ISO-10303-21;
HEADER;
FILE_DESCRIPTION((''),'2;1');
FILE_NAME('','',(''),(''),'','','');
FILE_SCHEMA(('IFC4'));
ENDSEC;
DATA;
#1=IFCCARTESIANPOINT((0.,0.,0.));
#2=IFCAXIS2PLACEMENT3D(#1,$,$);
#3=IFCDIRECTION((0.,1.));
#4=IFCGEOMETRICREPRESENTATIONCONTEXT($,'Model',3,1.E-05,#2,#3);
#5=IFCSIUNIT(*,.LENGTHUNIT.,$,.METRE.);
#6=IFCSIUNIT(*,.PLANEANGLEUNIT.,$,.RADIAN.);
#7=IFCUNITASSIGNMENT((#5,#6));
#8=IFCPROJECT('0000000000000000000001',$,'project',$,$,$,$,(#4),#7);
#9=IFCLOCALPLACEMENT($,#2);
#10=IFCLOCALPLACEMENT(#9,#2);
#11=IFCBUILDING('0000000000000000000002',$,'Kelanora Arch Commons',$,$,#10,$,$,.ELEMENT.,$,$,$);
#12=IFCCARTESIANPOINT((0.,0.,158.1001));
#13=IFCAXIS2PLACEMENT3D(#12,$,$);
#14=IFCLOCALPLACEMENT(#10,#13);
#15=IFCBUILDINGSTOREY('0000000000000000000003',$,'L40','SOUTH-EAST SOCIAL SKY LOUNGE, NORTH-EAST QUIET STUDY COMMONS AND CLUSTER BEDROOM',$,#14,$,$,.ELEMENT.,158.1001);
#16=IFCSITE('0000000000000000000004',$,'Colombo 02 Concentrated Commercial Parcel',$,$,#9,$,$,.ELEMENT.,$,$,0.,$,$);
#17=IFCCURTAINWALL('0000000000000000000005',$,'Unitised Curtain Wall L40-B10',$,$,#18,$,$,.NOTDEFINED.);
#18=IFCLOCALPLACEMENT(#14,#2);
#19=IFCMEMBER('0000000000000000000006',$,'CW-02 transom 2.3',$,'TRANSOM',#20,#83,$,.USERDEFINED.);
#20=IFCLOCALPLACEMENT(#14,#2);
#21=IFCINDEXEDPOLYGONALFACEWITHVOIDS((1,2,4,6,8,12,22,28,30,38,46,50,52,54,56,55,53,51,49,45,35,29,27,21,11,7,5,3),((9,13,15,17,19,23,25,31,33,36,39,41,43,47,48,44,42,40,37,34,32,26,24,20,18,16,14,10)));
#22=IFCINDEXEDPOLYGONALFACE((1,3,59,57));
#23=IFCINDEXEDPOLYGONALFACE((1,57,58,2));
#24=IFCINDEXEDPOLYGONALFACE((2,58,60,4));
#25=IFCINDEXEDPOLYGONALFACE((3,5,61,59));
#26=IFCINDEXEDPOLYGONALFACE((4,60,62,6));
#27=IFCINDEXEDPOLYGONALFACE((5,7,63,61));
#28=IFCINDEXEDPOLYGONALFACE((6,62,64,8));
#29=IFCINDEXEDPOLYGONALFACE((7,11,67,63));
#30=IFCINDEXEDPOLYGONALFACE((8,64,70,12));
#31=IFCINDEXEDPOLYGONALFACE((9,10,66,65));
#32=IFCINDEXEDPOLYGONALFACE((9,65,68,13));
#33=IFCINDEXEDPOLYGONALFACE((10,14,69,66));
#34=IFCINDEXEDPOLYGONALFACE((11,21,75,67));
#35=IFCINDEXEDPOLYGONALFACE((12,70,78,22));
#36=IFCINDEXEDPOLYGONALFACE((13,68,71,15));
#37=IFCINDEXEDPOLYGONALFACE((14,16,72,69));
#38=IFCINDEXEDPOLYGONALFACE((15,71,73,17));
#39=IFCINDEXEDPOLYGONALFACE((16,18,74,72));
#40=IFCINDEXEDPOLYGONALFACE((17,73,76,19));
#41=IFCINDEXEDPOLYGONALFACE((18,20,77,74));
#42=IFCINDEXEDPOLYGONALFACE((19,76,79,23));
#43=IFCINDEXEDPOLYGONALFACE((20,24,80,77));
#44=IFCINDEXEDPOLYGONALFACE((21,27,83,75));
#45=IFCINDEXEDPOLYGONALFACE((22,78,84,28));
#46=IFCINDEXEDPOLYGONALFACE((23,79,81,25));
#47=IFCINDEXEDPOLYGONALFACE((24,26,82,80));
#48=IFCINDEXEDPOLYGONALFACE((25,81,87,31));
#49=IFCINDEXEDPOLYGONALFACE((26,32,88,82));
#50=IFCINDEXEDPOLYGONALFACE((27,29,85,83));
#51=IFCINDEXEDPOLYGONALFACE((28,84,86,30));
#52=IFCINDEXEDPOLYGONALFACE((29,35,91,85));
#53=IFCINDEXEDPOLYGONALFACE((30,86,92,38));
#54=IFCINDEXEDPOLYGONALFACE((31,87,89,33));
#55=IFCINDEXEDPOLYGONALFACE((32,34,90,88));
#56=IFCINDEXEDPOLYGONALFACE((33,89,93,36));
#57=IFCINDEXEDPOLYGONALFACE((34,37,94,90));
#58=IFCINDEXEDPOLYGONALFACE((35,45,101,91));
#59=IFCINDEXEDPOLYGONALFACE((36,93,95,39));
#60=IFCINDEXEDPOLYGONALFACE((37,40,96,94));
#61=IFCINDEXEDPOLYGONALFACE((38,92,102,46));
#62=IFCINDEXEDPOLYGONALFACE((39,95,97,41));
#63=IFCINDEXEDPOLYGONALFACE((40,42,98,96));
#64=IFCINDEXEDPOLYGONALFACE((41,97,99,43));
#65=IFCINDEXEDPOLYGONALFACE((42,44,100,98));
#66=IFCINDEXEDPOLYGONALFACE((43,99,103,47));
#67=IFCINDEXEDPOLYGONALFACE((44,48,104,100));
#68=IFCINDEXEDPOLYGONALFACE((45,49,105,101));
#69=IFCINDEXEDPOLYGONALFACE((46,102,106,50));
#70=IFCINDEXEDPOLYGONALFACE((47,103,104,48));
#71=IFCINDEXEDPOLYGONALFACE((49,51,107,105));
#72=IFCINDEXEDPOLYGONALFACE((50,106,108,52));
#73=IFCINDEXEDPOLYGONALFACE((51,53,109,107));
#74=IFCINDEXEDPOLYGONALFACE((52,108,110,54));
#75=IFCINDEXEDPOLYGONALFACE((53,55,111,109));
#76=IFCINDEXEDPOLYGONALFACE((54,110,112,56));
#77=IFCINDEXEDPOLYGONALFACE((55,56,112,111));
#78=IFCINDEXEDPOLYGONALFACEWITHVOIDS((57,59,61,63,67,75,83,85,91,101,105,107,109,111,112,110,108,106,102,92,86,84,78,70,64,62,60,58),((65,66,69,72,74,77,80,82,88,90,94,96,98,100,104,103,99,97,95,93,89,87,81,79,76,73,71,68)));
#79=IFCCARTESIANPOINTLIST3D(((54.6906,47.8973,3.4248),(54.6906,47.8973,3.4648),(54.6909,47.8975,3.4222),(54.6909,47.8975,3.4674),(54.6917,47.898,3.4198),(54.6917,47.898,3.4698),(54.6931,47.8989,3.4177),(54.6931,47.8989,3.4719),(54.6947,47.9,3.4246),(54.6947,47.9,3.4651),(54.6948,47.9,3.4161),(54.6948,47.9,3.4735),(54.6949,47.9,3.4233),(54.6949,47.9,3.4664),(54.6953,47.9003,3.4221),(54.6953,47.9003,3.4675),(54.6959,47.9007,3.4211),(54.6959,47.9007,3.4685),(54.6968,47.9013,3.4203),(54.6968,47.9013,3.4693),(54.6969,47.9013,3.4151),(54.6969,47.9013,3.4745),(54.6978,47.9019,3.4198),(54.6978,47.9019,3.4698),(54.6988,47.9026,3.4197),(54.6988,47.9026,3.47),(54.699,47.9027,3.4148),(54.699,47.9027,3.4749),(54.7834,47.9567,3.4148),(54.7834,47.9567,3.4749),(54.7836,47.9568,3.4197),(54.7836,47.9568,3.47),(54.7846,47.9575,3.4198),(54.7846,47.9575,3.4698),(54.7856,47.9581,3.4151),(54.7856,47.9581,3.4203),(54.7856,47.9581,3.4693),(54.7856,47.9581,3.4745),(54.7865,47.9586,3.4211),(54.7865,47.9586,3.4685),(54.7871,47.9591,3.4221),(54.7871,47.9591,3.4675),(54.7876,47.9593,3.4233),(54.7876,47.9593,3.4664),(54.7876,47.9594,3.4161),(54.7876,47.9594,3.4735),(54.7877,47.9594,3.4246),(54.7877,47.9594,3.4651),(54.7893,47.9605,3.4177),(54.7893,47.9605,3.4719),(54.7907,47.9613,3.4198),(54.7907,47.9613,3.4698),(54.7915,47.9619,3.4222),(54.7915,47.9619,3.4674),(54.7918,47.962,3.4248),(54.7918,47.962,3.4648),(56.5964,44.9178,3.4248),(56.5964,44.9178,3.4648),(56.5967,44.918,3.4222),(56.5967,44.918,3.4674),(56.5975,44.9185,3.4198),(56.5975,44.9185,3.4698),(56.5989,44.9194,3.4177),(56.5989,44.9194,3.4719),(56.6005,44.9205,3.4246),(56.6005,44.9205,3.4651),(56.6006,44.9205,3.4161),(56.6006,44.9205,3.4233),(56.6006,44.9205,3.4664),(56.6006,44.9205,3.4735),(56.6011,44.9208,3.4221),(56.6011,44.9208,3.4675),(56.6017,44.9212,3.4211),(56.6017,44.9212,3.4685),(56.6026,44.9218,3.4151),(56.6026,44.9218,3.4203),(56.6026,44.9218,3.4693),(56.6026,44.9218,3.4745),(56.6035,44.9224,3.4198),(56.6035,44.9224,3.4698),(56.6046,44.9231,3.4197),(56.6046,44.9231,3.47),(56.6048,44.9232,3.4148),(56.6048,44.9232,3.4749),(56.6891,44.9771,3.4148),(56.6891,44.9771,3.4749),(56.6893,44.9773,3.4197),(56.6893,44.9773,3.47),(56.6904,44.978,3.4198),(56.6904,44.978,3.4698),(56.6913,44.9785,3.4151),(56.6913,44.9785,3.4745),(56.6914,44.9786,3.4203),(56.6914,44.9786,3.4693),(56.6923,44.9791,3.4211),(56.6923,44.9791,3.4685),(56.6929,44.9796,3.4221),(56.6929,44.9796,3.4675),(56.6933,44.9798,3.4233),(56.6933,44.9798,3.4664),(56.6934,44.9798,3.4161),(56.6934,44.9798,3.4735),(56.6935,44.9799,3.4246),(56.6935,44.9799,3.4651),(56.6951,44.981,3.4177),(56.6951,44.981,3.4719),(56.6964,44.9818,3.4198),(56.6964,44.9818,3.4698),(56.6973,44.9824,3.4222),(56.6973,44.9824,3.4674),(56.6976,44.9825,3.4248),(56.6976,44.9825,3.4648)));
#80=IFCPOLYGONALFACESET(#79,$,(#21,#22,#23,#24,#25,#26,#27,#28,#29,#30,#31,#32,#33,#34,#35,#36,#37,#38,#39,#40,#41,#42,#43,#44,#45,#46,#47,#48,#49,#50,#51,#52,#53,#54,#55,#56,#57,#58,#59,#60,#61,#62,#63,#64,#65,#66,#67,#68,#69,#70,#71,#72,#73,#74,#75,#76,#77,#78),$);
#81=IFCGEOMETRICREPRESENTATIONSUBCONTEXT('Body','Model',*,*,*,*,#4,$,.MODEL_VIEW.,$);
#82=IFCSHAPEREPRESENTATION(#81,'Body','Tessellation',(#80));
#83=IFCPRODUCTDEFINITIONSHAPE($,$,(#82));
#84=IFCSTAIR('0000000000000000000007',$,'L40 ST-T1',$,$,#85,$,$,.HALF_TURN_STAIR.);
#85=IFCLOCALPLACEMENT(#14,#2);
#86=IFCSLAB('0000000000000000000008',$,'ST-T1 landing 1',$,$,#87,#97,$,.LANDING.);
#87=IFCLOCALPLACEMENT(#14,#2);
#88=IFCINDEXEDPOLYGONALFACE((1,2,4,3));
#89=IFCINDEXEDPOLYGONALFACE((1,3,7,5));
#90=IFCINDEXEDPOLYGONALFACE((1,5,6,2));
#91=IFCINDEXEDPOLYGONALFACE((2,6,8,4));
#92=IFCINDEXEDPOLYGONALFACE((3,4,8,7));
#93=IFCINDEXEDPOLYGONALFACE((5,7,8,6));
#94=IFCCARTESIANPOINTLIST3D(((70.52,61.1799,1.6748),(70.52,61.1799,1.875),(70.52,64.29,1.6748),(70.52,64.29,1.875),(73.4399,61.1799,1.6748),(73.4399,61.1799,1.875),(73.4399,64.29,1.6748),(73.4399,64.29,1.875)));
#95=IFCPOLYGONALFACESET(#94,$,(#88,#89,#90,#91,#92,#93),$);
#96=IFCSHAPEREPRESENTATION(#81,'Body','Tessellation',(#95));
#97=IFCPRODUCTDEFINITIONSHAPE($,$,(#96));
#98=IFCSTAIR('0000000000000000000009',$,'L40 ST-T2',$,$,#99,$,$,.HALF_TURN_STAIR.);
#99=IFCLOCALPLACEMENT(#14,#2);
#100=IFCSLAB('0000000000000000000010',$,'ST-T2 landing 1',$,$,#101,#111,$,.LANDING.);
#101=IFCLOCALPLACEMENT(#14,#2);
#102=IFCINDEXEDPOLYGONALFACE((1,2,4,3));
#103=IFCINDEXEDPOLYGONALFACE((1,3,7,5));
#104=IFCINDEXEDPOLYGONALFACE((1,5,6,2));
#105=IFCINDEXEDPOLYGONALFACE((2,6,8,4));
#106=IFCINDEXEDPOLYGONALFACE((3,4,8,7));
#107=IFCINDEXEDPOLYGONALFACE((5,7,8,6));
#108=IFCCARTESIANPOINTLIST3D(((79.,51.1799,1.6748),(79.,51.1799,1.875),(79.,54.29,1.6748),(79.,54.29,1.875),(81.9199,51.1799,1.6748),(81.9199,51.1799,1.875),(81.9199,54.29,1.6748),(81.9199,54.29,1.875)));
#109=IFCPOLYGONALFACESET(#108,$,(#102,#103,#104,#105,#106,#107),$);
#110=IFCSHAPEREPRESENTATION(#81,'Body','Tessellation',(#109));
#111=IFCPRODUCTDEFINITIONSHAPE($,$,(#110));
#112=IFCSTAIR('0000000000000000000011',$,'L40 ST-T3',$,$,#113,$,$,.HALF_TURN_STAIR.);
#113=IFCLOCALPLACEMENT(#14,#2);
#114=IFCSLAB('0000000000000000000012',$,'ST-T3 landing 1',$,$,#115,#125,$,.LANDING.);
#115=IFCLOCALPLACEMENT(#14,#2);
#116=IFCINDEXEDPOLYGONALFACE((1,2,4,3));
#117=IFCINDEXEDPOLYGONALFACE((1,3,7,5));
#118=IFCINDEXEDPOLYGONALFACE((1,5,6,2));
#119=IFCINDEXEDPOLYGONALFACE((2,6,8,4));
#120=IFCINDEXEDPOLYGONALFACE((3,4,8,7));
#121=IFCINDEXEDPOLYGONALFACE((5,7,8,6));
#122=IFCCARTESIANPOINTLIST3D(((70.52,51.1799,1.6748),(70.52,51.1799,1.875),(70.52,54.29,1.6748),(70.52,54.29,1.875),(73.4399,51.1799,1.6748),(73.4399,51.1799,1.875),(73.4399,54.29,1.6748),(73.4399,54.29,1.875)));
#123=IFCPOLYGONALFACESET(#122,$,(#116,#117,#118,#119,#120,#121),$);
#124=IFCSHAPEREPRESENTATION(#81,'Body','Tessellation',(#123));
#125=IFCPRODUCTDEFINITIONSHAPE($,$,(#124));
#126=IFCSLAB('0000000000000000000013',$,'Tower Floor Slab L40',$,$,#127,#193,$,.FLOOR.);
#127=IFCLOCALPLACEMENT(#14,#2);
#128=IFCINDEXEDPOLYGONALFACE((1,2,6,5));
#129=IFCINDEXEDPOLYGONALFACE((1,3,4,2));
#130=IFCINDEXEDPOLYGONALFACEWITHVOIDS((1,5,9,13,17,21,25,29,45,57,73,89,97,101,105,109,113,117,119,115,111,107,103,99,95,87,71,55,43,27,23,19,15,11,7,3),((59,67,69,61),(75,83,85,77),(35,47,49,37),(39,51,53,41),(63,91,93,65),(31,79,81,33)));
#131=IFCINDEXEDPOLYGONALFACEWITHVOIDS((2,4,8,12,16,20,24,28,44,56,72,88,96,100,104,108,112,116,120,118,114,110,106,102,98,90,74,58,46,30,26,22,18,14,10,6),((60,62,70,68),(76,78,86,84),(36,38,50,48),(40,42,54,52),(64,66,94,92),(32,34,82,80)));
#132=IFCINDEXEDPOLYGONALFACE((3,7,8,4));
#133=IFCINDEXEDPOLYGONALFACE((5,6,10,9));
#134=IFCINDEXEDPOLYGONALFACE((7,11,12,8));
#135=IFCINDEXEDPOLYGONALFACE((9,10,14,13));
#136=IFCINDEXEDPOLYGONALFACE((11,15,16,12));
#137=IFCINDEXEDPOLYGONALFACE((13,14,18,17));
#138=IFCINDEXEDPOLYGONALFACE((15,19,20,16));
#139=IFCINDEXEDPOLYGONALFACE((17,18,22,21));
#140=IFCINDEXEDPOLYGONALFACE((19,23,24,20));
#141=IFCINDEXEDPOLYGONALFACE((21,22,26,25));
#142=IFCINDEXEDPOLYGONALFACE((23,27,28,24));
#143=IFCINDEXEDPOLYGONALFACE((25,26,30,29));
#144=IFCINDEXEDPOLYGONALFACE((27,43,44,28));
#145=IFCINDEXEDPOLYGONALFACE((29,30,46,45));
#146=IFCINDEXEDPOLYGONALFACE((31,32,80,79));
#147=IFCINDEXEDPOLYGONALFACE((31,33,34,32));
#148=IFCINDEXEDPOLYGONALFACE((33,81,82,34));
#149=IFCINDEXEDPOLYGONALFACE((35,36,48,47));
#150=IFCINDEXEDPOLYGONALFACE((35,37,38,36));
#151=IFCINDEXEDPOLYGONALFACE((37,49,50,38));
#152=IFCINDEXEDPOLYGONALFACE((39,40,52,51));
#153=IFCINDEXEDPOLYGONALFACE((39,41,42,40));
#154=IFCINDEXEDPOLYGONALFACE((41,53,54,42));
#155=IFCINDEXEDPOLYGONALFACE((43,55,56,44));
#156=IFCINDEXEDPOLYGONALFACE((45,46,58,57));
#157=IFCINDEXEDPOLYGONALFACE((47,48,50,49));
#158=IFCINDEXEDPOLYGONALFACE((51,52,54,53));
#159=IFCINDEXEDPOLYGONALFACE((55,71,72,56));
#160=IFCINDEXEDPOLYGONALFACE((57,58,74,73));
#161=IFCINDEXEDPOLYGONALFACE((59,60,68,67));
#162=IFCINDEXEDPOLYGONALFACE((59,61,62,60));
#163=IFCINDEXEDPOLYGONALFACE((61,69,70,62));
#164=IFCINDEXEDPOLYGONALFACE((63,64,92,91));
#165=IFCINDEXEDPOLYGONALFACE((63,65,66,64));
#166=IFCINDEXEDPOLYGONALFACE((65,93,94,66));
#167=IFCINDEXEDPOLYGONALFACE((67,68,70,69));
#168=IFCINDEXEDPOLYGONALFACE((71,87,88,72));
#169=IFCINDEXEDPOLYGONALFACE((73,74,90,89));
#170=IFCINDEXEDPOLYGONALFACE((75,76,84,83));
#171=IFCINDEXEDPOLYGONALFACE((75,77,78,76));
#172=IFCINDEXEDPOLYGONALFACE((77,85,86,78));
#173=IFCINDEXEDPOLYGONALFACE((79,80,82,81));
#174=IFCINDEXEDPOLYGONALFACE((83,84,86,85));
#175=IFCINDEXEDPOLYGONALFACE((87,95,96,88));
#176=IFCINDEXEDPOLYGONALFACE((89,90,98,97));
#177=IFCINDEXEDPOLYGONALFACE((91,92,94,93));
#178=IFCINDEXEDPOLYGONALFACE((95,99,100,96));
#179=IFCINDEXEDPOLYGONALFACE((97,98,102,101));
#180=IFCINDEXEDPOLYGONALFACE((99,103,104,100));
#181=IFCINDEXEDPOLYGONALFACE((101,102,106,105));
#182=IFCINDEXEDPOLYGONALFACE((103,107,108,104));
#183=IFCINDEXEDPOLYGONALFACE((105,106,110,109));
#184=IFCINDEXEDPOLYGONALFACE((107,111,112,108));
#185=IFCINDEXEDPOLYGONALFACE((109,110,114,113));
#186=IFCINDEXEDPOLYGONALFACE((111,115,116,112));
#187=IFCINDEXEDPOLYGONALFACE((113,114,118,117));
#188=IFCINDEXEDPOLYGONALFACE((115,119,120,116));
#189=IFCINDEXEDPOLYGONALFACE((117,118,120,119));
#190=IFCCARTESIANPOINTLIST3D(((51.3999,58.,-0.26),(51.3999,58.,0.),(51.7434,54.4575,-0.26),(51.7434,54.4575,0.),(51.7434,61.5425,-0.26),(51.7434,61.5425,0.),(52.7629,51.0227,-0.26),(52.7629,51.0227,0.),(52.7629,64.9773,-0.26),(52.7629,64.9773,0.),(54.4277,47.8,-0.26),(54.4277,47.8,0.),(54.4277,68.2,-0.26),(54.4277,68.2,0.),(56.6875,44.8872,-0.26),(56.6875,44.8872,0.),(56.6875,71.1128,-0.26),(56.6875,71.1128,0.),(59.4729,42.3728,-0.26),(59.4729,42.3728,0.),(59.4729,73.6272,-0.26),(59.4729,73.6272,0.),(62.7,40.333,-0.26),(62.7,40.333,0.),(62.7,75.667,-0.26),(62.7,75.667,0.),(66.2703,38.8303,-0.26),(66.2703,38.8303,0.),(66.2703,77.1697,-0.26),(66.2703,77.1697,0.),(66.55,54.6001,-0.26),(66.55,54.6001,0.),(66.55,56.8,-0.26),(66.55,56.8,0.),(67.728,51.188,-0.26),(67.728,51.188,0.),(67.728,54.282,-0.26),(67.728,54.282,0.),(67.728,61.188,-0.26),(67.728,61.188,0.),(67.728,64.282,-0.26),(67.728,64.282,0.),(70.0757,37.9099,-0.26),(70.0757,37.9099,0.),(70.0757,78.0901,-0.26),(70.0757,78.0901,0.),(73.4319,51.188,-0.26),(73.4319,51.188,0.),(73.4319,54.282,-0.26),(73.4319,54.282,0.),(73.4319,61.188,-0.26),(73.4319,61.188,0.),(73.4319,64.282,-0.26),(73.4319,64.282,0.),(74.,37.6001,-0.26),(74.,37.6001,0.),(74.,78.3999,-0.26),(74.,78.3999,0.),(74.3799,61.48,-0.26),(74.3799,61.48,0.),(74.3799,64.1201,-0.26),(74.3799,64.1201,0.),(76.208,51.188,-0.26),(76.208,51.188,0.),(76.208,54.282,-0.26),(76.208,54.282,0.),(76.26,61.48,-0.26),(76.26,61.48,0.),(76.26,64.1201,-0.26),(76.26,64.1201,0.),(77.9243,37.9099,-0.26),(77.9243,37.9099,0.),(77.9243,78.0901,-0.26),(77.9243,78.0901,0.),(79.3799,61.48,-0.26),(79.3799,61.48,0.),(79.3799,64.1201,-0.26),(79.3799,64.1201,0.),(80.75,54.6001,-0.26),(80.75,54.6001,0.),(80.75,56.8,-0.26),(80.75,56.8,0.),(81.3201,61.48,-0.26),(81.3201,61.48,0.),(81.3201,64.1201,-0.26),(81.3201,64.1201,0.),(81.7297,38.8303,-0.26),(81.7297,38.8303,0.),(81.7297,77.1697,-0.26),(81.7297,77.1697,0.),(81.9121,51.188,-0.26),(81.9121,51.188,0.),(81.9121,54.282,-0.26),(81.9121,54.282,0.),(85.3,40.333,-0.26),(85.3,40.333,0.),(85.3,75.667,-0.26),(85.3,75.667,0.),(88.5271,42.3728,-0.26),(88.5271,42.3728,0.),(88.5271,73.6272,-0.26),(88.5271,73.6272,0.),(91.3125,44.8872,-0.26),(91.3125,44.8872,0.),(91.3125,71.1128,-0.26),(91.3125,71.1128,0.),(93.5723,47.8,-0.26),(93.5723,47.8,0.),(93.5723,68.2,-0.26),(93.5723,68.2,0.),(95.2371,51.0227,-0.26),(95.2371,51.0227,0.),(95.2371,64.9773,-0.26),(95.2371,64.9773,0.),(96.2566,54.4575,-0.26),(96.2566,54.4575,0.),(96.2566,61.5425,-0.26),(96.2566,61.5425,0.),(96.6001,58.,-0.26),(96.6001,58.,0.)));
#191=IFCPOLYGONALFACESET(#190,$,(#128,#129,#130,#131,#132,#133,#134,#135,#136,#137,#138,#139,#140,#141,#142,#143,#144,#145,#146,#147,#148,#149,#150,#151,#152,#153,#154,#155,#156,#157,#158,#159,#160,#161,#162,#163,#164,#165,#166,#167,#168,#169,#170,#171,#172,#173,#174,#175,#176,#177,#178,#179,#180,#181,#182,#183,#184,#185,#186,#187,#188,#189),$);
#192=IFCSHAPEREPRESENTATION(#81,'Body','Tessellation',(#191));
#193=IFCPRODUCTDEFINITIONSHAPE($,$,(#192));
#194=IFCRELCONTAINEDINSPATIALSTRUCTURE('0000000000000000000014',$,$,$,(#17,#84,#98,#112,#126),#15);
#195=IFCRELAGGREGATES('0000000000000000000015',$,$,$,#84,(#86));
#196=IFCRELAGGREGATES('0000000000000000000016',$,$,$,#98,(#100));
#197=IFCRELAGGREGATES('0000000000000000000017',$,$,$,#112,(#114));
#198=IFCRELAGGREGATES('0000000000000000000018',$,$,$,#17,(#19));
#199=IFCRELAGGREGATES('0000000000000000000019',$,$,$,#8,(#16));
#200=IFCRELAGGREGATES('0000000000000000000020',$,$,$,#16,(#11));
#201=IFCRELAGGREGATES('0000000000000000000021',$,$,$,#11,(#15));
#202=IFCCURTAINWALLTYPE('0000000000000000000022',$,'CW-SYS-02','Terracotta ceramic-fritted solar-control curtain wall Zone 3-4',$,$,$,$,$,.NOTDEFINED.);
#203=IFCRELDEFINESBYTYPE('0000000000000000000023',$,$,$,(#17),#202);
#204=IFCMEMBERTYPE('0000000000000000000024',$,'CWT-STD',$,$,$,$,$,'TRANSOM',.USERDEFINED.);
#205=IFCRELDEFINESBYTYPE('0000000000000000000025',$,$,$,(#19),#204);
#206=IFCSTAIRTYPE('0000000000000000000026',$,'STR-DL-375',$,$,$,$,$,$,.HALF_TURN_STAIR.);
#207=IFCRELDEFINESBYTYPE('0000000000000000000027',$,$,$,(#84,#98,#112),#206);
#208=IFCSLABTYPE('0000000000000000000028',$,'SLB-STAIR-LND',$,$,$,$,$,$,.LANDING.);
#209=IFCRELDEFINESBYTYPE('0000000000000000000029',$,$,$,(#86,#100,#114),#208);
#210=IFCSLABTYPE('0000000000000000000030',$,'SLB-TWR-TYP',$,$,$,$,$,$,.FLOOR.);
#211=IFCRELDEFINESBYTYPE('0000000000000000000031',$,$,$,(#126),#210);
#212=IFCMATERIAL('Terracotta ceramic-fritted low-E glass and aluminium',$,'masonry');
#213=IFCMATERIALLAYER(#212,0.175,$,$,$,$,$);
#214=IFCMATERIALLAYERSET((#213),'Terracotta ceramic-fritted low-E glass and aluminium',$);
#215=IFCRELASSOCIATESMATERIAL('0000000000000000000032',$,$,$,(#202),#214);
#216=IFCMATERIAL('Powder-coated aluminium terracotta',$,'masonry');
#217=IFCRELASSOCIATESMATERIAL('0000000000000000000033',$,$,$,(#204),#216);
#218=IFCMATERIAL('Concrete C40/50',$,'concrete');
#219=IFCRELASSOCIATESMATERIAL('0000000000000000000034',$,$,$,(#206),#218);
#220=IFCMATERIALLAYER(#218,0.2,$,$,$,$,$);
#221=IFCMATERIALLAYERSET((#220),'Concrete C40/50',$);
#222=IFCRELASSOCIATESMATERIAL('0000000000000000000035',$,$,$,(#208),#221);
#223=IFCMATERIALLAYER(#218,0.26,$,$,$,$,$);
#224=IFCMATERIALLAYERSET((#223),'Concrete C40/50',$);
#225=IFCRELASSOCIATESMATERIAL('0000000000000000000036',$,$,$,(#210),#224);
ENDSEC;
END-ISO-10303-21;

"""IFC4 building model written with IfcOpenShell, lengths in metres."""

from ifc_helpers import new_model, si_unit, direction, frame, origin, origin_2d, place, context, subcontext, project, spatial, polyline, hollow_rectangle, outline, extrude, material, layer, layer_set, material_profile, profile_set, type_object, element, aggregate, save


model = new_model("IFC4")

# Units and contexts
model_context = context("Model", 3, precision=1e-05, world=origin(), true_north=direction((0.0, 1.0)))
body_context = subcontext(model_context, "Body", "Model", "MODEL_VIEW")
ifc_project = project(units=[si_unit("LENGTHUNIT", "METRE"), si_unit("PLANEANGLEUNIT", "RADIAN")], contexts=[model_context])

# Site, building, storey
site_placement = place(None, origin())
site = spatial("IfcSite", under=ifc_project, at=site_placement, Name="Colombo 02 Concentrated Commercial Parcel", CompositionType="ELEMENT", RefElevation=0.0)
building_placement = place(site_placement, origin())
building = spatial("IfcBuilding", under=site, at=building_placement, Name="Kelanora Arch Commons", CompositionType="ELEMENT")
storey_placement = place(building_placement, frame((0.0, 0.0, 158.1001)))
storey = spatial("IfcBuildingStorey", under=building, at=storey_placement, Name="L40", Description="SOUTH-EAST SOCIAL SKY LOUNGE, NORTH-EAST QUIET STUDY COMMONS AND CLUSTER BEDROOM", CompositionType="ELEMENT", Elevation=158.1001)

# Shared definitions
ifc_material_1 = material(Name="Terracotta ceramic-fritted low-E glass and aluminium", Category="masonry")
ifc_layer_1 = layer(ifc_material_1, 0.175)
ifc_layer_set_1 = layer_set([ifc_layer_1], Name="Terracotta ceramic-fritted low-E glass and aluminium")
curtain_wall_type = type_object("IfcCurtainWallType", Name="CW-SYS-02", Description="Terracotta ceramic-fritted solar-control curtain wall Zone 3-4", PredefinedType="NOTDEFINED", material=ifc_layer_set_1)
ifc_material_2 = material(Name="Powder-coated aluminium terracotta", Category="masonry")

# Curtain wall, member
curtain_wall_1_placement = place(storey_placement, origin())
curtain_wall_1 = element("IfcCurtainWall", 1, at=curtain_wall_1_placement, inside=storey, type_object=curtain_wall_type, Name="Unitised Curtain Wall L40-B10", PredefinedType="NOTDEFINED")
ifc_material_profile_1 = material_profile(ifc_material_2, hollow_rectangle(XDim=0.1201, YDim=0.0601, WallThickness=0.0049, InnerFilletRadius=0.0049, OuterFilletRadius=0.01, at=origin_2d()), Name="CWT120x60")
ifc_profile_set_1 = profile_set([ifc_material_profile_1], Name="Powder-coated aluminium terracotta")
member_type_1 = type_object("IfcMemberType", Name="CWT-STD", ElementType="TRANSOM", PredefinedType="USERDEFINED", material=ifc_profile_set_1)
member_1_placement = place(storey_placement, frame((54.7412, 47.9297, 3.4448), z_axis=(0.53883, -0.842414, 0.0), x_axis=(0.842414, 0.53883, 0.0)))
member_1 = element("IfcMember", 2, at=member_1_placement, type_object=member_type_1, Name="CW-02 transom 2.3", ObjectType="TRANSOM", PredefinedType="USERDEFINED", context=body_context, shape_type="SweptSolid", body=[
    extrude(hollow_rectangle(XDim=0.1201, YDim=0.0601, WallThickness=0.0049, InnerFilletRadius=0.0049, OuterFilletRadius=0.01, at=origin_2d()), origin(), (0.0, 0.0, 1.0), 3.5369),
])

# Stairs, slabs
ifc_material_3 = material(Name="Concrete C40/50", Category="concrete")
stair_type = type_object("IfcStairType", Name="STR-DL-375", PredefinedType="HALF_TURN_STAIR", material=ifc_material_3)
stair_1_placement = place(storey_placement, origin())
stair_1 = element("IfcStair", 3, at=stair_1_placement, inside=storey, type_object=stair_type, Name="L40 ST-T1", PredefinedType="HALF_TURN_STAIR")
ifc_layer_2 = layer(ifc_material_3, 0.2)
ifc_layer_set_2 = layer_set([ifc_layer_2], Name="Concrete C40/50")
slab_type_1 = type_object("IfcSlabType", Name="SLB-STAIR-LND", PredefinedType="LANDING", material=ifc_layer_set_2)
slab_1_placement = place(storey_placement, frame((0.0, 0.0, 1.6748)))
slab_1 = element("IfcSlab", 4, at=slab_1_placement, type_object=slab_type_1, Name="ST-T1 landing 1", PredefinedType="LANDING", context=body_context, shape_type="SweptSolid", body=[
    extrude(outline(polyline([(70.52, 61.1799), (73.4399, 61.1799), (73.4399, 64.29), (70.52, 64.29), (70.52, 61.1799)])), origin(), (0.0, 0.0, 1.0), 0.2002),
])
aggregate(stair_1, [slab_1])
stair_2_placement = place(storey_placement, origin())
stair_2 = element("IfcStair", 5, at=stair_2_placement, inside=storey, type_object=stair_type, Name="L40 ST-T2", PredefinedType="HALF_TURN_STAIR")
slab_2_placement = place(storey_placement, frame((0.0, 0.0, 1.6748)))
slab_2 = element("IfcSlab", 6, at=slab_2_placement, type_object=slab_type_1, Name="ST-T2 landing 1", PredefinedType="LANDING", context=body_context, shape_type="SweptSolid", body=[
    extrude(outline(polyline([(79.0, 51.1799), (81.9199, 51.1799), (81.9199, 54.29), (79.0, 54.29), (79.0, 51.1799)])), origin(), (0.0, 0.0, 1.0), 0.2002),
])
aggregate(stair_2, [slab_2])
stair_3_placement = place(storey_placement, origin())
stair_3 = element("IfcStair", 7, at=stair_3_placement, inside=storey, type_object=stair_type, Name="L40 ST-T3", PredefinedType="HALF_TURN_STAIR")
slab_3_placement = place(storey_placement, frame((0.0, 0.0, 1.6748)))
slab_3 = element("IfcSlab", 8, at=slab_3_placement, type_object=slab_type_1, Name="ST-T3 landing 1", PredefinedType="LANDING", context=body_context, shape_type="SweptSolid", body=[
    extrude(outline(polyline([(70.52, 51.1799), (73.4399, 51.1799), (73.4399, 54.29), (70.52, 54.29), (70.52, 51.1799)])), origin(), (0.0, 0.0, 1.0), 0.2002),
])
aggregate(stair_3, [slab_3])

# Slab
ifc_layer_3 = layer(ifc_material_3, 0.26)
ifc_layer_set_3 = layer_set([ifc_layer_3], Name="Concrete C40/50")
slab_type_2 = type_object("IfcSlabType", Name="SLB-TWR-TYP", PredefinedType="FLOOR", material=ifc_layer_set_3)
slab_4_placement = place(storey_placement, frame((0.0, 0.0, -0.26)))
element("IfcSlab", 9, at=slab_4_placement, inside=storey, type_object=slab_type_2, Name="Tower Floor Slab L40", PredefinedType="FLOOR", context=body_context, shape_type="SweptSolid", body=[
    extrude(outline(polyline([(96.6001, 58.0), (96.2566, 61.5425), (95.2371, 64.9773), (93.5723, 68.2), (91.3125, 71.1128), (88.5271, 73.6272), (85.3, 75.667), (81.7297, 77.1697), (77.9243, 78.0901), (74.0, 78.3999), (70.0757, 78.0901), (66.2703, 77.1697), (62.7, 75.667), (59.4729, 73.6272), (56.6875, 71.1128), (54.4277, 68.2), (52.7629, 64.9773), (51.7434, 61.5425), (51.3999, 58.0), (51.7434, 54.4575), (52.7629, 51.0227), (54.4277, 47.8), (56.6875, 44.8872), (59.4729, 42.3728), (62.7, 40.333), (66.2703, 38.8303), (70.0757, 37.9099), (74.0, 37.6001), (77.9243, 37.9099), (81.7297, 38.8303), (85.3, 40.333), (88.5271, 42.3728), (91.3125, 44.8872), (93.5723, 47.8), (95.2371, 51.0227), (96.2566, 54.4575), (96.6001, 58.0)]), holes=[polyline([(73.4319, 51.188), (67.728, 51.188), (67.728, 54.282), (73.4319, 54.282), (73.4319, 51.188)]), polyline([(76.208, 51.188), (76.208, 54.282), (81.9121, 54.282), (81.9121, 51.188), (76.208, 51.188)]), polyline([(66.55, 54.6001), (66.55, 56.8), (80.75, 56.8), (80.75, 54.6001), (66.55, 54.6001)]), polyline([(73.4319, 61.188), (67.728, 61.188), (67.728, 64.282), (73.4319, 64.282), (73.4319, 61.188)]), polyline([(74.3799, 61.48), (74.3799, 64.1201), (76.26, 64.1201), (76.26, 61.48), (74.3799, 61.48)]), polyline([(79.3799, 61.48), (79.3799, 64.1201), (81.3201, 64.1201), (81.3201, 61.48), (79.3799, 61.48)])]), origin(), (0.0, 0.0, 1.0), 0.26),
])

aggregate(curtain_wall_1, [member_1])

save(model, "model.ifc")
